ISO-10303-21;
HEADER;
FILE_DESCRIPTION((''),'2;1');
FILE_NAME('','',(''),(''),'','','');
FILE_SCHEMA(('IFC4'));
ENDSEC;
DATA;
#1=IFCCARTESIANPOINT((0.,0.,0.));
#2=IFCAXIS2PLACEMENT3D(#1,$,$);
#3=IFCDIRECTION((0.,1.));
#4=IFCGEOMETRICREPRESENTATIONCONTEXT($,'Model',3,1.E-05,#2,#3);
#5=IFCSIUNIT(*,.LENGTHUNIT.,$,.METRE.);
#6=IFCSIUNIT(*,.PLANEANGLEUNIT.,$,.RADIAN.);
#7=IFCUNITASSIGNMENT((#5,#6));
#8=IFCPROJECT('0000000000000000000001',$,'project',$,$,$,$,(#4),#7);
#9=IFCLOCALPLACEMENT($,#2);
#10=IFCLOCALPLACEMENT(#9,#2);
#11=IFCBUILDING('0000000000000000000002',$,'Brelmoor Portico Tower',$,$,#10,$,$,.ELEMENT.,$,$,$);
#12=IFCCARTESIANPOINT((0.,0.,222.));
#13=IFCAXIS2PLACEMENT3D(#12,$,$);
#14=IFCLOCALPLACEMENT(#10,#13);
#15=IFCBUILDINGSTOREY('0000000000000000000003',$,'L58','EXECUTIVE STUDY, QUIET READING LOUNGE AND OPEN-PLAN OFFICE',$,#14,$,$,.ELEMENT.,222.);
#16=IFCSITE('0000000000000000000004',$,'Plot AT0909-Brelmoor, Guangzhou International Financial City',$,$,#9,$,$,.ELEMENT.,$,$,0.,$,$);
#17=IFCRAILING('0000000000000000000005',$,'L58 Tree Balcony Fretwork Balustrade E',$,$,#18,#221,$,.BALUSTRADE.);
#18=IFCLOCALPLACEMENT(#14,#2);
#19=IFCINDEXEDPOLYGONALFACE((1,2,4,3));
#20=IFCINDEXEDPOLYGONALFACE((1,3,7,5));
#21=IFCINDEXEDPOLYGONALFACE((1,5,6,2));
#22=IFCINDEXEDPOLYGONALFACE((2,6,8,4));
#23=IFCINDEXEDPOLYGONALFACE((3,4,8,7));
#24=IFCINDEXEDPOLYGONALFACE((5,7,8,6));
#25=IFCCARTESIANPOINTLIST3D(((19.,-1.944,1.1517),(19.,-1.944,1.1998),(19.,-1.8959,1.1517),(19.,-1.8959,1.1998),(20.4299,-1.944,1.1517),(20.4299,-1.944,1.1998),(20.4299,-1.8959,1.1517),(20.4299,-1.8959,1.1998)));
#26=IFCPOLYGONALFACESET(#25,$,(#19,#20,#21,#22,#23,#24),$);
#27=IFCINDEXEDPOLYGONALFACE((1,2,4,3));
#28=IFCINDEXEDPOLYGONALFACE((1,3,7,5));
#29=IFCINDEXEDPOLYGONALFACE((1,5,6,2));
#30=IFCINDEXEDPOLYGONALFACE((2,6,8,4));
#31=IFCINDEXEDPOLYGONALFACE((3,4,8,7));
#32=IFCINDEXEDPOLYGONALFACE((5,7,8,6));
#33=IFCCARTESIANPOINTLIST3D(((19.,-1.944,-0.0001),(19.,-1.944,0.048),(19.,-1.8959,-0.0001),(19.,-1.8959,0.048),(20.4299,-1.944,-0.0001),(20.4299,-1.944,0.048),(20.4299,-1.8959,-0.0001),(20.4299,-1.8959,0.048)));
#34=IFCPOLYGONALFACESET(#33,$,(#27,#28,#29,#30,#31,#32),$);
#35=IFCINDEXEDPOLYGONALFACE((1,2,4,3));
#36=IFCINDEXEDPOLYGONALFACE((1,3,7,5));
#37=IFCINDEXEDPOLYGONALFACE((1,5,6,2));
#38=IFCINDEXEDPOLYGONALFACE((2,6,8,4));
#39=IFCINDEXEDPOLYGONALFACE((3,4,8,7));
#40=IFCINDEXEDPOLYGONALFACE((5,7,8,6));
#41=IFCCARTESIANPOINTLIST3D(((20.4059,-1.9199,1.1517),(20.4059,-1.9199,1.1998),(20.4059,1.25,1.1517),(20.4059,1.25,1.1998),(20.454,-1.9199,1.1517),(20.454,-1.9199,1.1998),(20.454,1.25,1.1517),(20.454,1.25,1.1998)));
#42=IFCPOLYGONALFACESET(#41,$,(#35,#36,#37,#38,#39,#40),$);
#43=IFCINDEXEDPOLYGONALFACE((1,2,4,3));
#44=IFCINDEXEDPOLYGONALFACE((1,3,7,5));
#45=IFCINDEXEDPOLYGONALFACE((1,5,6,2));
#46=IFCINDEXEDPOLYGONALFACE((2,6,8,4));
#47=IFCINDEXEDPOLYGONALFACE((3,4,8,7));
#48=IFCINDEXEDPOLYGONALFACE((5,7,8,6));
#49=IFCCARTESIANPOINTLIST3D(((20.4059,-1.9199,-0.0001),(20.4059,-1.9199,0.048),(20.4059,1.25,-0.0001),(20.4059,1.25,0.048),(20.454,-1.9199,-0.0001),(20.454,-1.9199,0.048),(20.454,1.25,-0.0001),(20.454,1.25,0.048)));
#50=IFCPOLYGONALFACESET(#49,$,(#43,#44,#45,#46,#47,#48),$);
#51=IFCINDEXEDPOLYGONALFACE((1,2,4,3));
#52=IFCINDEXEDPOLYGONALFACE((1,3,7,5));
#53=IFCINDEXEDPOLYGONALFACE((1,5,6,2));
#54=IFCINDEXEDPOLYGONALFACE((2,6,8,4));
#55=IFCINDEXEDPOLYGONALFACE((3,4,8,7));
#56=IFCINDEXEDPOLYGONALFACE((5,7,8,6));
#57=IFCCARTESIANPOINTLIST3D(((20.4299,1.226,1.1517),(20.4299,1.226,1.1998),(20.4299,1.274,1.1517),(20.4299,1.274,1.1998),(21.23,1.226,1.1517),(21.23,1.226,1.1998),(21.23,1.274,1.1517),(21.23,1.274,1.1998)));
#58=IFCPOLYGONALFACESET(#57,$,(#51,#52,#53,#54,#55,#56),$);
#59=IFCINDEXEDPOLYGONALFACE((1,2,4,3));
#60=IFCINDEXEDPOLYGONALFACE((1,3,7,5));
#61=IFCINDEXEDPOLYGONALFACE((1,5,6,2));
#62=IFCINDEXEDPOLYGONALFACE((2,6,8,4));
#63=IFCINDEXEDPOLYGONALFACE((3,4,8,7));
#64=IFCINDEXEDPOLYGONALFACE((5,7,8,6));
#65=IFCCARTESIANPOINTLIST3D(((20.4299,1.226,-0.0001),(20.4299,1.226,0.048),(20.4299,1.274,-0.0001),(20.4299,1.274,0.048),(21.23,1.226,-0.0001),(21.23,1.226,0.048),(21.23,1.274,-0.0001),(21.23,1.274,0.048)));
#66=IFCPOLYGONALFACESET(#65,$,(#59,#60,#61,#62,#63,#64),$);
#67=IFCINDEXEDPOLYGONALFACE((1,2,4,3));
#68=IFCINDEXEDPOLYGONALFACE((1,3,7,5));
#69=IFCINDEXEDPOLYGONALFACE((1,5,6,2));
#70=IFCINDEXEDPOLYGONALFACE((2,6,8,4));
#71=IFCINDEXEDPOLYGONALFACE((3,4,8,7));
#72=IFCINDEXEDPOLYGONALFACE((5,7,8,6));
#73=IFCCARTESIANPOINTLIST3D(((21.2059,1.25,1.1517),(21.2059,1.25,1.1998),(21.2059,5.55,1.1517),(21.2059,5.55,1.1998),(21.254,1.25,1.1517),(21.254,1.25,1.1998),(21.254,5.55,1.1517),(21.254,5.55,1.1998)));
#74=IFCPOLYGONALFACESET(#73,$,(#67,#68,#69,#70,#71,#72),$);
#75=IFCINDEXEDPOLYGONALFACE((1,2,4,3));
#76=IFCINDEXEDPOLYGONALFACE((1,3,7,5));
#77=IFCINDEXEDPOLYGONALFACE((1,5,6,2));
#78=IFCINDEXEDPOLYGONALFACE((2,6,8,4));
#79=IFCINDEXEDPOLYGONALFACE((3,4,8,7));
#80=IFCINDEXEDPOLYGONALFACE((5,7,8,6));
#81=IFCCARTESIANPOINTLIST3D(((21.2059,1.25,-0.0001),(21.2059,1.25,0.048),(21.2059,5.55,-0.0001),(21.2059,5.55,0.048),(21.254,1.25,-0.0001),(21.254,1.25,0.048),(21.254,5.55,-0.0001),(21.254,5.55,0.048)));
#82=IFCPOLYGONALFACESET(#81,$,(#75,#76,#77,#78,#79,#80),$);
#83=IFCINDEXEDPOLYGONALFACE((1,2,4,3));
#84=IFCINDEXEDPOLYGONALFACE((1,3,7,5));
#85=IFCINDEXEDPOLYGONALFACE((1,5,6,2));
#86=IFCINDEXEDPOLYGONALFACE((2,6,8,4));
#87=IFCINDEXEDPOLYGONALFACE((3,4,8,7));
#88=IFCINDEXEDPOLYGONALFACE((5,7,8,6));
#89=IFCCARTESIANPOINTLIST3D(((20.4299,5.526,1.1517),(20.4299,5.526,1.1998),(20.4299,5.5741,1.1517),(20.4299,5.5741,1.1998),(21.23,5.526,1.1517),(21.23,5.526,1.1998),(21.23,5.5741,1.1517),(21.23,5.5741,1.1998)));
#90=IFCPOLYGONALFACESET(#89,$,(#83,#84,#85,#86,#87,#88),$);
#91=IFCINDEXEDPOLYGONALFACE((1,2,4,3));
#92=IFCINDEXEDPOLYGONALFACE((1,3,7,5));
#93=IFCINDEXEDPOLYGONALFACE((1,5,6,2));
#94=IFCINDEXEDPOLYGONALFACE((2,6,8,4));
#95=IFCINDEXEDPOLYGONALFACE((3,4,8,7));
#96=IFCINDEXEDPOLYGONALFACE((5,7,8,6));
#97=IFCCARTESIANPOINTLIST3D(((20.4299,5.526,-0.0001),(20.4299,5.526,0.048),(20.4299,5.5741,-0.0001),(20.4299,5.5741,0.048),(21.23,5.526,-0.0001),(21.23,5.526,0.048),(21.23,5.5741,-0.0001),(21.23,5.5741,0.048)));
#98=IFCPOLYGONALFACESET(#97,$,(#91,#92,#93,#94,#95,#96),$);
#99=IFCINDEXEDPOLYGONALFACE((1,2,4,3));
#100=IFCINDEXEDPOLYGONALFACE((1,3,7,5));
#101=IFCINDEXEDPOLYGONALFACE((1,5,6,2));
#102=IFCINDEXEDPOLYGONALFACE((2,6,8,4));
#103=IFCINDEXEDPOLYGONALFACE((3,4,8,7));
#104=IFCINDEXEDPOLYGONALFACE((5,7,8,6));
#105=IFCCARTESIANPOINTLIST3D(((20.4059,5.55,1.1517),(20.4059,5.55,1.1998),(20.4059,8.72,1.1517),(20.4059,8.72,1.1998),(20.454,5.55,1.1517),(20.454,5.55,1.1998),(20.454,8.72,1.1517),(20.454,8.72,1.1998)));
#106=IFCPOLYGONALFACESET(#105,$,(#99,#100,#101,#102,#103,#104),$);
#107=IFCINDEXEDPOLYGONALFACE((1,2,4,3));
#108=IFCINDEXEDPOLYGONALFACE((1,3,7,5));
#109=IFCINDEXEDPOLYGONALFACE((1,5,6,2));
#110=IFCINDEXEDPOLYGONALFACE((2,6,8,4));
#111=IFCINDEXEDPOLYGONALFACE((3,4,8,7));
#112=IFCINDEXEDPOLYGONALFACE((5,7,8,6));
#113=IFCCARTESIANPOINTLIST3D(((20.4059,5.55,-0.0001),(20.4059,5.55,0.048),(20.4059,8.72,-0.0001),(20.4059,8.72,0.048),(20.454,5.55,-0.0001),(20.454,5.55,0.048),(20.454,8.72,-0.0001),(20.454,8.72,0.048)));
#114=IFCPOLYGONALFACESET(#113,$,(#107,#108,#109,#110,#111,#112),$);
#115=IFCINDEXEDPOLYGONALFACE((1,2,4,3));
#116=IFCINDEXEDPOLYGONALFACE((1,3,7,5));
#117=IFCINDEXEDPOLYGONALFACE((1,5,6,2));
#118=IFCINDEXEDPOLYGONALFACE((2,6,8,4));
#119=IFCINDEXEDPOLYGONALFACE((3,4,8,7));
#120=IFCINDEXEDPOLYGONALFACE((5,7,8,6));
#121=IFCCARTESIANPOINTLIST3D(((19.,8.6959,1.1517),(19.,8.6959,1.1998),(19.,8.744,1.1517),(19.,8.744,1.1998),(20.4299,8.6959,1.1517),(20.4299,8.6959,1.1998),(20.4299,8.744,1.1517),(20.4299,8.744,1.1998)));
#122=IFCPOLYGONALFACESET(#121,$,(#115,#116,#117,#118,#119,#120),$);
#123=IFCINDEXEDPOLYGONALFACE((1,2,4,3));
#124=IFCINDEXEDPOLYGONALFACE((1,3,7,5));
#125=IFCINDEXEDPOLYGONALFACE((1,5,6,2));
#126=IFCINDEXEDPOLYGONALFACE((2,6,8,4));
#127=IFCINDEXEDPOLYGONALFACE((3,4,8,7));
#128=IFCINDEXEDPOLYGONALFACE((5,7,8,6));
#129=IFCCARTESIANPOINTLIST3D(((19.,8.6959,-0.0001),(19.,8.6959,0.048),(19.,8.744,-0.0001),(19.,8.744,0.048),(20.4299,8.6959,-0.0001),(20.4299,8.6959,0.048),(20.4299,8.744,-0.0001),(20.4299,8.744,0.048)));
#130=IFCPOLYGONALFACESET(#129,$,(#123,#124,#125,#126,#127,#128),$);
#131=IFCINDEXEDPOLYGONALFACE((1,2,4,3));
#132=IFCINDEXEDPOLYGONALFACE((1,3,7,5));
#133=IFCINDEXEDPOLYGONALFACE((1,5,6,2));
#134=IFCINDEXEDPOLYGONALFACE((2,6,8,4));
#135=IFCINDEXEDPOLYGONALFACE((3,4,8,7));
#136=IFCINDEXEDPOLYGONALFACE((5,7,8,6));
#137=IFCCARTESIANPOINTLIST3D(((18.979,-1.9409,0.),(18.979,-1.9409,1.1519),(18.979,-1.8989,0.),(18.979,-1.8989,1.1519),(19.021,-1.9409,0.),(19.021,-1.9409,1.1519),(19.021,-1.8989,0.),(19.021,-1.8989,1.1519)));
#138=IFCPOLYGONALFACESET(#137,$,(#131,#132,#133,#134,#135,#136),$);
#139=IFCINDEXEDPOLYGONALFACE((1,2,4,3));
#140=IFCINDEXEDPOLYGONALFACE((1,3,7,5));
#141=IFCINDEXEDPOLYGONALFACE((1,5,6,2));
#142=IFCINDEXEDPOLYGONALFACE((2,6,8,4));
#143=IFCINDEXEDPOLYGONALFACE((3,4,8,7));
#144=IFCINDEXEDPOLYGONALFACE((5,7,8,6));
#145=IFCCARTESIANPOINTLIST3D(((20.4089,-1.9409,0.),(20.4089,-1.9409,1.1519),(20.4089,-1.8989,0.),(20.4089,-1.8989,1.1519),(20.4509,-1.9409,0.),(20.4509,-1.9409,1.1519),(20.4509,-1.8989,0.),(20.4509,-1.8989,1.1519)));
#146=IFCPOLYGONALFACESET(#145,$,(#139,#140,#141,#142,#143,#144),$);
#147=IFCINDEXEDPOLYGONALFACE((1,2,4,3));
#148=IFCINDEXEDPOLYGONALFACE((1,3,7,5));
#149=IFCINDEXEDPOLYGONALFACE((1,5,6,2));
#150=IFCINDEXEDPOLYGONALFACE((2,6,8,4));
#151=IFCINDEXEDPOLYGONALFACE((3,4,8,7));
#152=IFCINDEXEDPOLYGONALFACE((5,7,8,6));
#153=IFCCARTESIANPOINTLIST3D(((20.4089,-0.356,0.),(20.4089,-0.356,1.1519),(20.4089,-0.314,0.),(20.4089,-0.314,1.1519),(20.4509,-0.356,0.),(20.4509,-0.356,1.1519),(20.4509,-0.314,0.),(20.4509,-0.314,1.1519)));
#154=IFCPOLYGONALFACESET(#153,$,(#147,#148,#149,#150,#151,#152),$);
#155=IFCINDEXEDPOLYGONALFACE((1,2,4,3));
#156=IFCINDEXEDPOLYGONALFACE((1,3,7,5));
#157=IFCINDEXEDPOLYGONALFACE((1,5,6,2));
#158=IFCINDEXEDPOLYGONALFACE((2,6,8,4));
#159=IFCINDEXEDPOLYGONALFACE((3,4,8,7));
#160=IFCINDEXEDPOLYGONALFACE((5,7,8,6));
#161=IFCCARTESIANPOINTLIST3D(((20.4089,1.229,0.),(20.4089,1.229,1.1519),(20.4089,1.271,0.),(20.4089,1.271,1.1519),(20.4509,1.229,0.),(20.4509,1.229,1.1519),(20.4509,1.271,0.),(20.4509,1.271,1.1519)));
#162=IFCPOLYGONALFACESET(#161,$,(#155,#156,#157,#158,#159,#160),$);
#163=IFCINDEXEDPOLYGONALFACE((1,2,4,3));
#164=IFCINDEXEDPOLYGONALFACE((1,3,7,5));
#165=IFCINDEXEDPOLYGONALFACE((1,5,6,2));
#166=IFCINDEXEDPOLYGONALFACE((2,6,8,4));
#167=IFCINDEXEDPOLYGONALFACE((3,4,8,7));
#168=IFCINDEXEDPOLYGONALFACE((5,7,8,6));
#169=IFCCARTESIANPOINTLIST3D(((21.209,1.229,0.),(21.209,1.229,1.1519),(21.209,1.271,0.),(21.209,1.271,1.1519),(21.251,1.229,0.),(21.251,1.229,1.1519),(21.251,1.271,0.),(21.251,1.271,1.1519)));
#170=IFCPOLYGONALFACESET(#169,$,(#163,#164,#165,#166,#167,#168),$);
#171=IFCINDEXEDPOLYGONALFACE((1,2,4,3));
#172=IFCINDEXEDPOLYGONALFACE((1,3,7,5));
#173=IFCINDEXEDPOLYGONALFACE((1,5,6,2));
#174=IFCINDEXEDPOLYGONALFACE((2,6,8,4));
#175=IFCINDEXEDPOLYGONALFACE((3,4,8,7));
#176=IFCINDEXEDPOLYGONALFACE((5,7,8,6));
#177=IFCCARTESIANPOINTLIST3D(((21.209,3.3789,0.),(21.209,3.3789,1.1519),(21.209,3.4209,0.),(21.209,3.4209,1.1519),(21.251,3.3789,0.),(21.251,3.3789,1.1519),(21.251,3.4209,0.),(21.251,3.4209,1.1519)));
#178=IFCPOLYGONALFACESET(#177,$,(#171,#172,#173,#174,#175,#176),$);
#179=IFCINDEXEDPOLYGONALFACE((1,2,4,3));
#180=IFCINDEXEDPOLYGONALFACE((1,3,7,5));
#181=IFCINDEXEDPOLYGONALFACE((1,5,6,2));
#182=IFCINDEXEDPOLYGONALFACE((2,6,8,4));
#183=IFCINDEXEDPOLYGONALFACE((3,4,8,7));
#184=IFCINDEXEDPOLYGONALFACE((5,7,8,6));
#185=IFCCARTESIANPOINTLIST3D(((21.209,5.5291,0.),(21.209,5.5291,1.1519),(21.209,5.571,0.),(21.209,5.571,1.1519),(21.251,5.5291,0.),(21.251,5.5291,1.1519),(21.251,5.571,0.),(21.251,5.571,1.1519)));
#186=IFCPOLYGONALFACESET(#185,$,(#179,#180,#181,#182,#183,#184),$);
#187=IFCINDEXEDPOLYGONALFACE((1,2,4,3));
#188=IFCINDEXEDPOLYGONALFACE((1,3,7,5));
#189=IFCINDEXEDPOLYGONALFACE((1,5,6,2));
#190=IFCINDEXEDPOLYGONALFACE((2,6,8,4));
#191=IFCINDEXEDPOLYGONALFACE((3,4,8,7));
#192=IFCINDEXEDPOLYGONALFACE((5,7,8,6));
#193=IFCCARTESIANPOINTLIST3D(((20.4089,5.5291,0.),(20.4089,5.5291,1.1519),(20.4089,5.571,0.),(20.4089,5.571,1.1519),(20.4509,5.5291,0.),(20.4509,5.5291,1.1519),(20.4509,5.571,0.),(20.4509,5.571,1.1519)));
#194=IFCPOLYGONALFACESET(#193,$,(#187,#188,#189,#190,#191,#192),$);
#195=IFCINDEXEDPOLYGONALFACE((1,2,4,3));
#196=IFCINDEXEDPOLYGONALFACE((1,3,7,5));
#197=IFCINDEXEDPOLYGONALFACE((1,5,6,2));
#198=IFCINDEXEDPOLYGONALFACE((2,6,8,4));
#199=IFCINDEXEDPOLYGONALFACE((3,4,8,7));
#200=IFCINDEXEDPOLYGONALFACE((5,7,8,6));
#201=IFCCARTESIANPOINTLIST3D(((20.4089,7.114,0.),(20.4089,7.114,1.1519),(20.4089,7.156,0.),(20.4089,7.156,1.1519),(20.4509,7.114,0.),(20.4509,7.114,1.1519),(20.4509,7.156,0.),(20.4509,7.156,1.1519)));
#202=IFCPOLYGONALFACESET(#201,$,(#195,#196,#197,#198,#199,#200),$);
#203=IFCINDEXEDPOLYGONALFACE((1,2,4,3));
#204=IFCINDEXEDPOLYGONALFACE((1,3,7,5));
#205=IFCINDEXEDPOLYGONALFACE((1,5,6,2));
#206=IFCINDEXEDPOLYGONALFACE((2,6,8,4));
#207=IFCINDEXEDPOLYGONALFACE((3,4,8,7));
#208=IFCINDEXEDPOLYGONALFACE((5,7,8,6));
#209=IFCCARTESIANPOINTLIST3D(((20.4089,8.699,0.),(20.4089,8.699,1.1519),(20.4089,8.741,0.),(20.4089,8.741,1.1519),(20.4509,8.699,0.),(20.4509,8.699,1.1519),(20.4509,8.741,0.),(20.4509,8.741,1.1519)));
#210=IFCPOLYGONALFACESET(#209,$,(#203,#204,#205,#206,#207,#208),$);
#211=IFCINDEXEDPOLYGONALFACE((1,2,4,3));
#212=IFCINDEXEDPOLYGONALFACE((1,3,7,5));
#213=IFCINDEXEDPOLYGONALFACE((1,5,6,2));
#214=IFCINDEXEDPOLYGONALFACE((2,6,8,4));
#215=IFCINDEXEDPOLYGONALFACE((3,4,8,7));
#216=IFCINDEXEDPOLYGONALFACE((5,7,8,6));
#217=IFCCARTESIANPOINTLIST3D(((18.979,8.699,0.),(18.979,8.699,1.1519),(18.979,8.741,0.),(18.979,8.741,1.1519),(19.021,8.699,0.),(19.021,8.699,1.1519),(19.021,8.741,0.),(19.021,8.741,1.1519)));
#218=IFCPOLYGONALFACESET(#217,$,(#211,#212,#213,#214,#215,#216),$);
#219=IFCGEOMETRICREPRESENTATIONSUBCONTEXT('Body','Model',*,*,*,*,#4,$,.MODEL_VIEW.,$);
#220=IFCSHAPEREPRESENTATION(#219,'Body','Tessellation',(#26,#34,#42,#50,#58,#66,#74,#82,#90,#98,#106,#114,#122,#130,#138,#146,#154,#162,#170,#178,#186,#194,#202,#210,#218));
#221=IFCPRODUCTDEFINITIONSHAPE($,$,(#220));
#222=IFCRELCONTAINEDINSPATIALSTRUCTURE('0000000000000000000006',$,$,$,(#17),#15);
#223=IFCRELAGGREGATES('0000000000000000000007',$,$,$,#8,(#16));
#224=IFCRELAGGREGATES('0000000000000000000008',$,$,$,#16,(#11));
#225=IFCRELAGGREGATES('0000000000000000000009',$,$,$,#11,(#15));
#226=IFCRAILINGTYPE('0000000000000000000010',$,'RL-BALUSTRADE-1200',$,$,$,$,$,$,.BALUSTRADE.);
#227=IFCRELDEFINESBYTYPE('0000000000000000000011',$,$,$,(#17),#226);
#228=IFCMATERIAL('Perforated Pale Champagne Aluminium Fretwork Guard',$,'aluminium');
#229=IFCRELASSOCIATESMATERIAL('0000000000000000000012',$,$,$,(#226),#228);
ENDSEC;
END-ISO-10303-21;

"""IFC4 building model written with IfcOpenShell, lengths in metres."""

from ifc_helpers import new_model, si_unit, direction, frame, origin, origin_2d, place, context, subcontext, project, spatial, rectangle, extrude, material, type_object, element, save


model = new_model("IFC4")

# Units and contexts
model_context = context("Model", 3, precision=1e-05, world=origin(), true_north=direction((0.0, 1.0)))
body_context = subcontext(model_context, "Body", "Model", "MODEL_VIEW")
ifc_project = project(units=[si_unit("LENGTHUNIT", "METRE"), si_unit("PLANEANGLEUNIT", "RADIAN")], contexts=[model_context])

# Site, building, storey
site_placement = place(None, origin())
site = spatial("IfcSite", under=ifc_project, at=site_placement, Name="Plot AT0909-Brelmoor, Guangzhou International Financial City", CompositionType="ELEMENT", RefElevation=0.0)
building_placement = place(site_placement, origin())
building = spatial("IfcBuilding", under=site, at=building_placement, Name="Brelmoor Portico Tower", CompositionType="ELEMENT")
storey_placement = place(building_placement, frame((0.0, 0.0, 222.0)))
storey = spatial("IfcBuildingStorey", under=building, at=storey_placement, Name="L58", Description="EXECUTIVE STUDY, QUIET READING LOUNGE AND OPEN-PLAN OFFICE", CompositionType="ELEMENT", Elevation=222.0)

# Railing
ifc_material_1 = material(Name="Perforated Pale Champagne Aluminium Fretwork Guard", Category="aluminium")
railing_type = type_object("IfcRailingType", Name="RL-BALUSTRADE-1200", PredefinedType="BALUSTRADE", material=ifc_material_1)
railing_placement = place(storey_placement, frame((19.0, -1.9199, 0.0)))
element("IfcRailing", 1, at=railing_placement, inside=storey, type_object=railing_type, Name="L58 Tree Balcony Fretwork Balustrade E", PredefinedType="BALUSTRADE", context=body_context, shape_type="SweptSolid", body=[
    extrude(rectangle(XDim=0.0481, YDim=0.0481, at=origin_2d()), frame((0.0, 0.0, 1.1758), z_axis=(1.0, 0.0, 0.0), x_axis=(0.0, 1.0, 0.0)), (0.0, 0.0, 1.0), 1.4299),
    extrude(rectangle(XDim=0.0481, YDim=0.0481, at=origin_2d()), frame((0.0, 0.0, 0.0239), z_axis=(1.0, 0.0, 0.0), x_axis=(0.0, 1.0, 0.0)), (0.0, 0.0, 1.0), 1.4299),
    extrude(rectangle(XDim=0.0481, YDim=0.0481, at=origin_2d()), frame((1.4299, 0.0, 1.1758), z_axis=(0.0, 1.0, 0.0), x_axis=(-1.0, 0.0, 0.0)), (0.0, 0.0, 1.0), 3.1699),
    extrude(rectangle(XDim=0.0481, YDim=0.0481, at=origin_2d()), frame((1.4299, 0.0, 0.0239), z_axis=(0.0, 1.0, 0.0), x_axis=(-1.0, 0.0, 0.0)), (0.0, 0.0, 1.0), 3.1699),
    extrude(rectangle(XDim=0.0481, YDim=0.0481, at=origin_2d()), frame((1.4299, 3.1699, 1.1758), z_axis=(1.0, 0.0, 0.0), x_axis=(0.0, 1.0, 0.0)), (0.0, 0.0, 1.0), 0.8),
    extrude(rectangle(XDim=0.0481, YDim=0.0481, at=origin_2d()), frame((1.4299, 3.1699, 0.0239), z_axis=(1.0, 0.0, 0.0), x_axis=(0.0, 1.0, 0.0)), (0.0, 0.0, 1.0), 0.8),
    extrude(rectangle(XDim=0.0481, YDim=0.0481, at=origin_2d()), frame((2.23, 3.1699, 1.1758), z_axis=(0.0, 1.0, 0.0), x_axis=(-1.0, 0.0, 0.0)), (0.0, 0.0, 1.0), 4.3),
    extrude(rectangle(XDim=0.0481, YDim=0.0481, at=origin_2d()), frame((2.23, 3.1699, 0.0239), z_axis=(0.0, 1.0, 0.0), x_axis=(-1.0, 0.0, 0.0)), (0.0, 0.0, 1.0), 4.3),
    extrude(rectangle(XDim=0.0481, YDim=0.0481, at=origin_2d()), frame((2.23, 7.47, 1.1758), z_axis=(-1.0, 0.0, 0.0), x_axis=(0.0, -1.0, 0.0)), (0.0, 0.0, 1.0), 0.8),
    extrude(rectangle(XDim=0.0481, YDim=0.0481, at=origin_2d()), frame((2.23, 7.47, 0.0239), z_axis=(-1.0, 0.0, 0.0), x_axis=(0.0, -1.0, 0.0)), (0.0, 0.0, 1.0), 0.8),
    extrude(rectangle(XDim=0.0481, YDim=0.0481, at=origin_2d()), frame((1.4299, 7.47, 1.1758), z_axis=(0.0, 1.0, 0.0), x_axis=(-1.0, 0.0, 0.0)), (0.0, 0.0, 1.0), 3.1699),
    extrude(rectangle(XDim=0.0481, YDim=0.0481, at=origin_2d()), frame((1.4299, 7.47, 0.0239), z_axis=(0.0, 1.0, 0.0), x_axis=(-1.0, 0.0, 0.0)), (0.0, 0.0, 1.0), 3.1699),
    extrude(rectangle(XDim=0.0481, YDim=0.0481, at=origin_2d()), frame((1.4299, 10.6399, 1.1758), z_axis=(-1.0, 0.0, 0.0), x_axis=(0.0, -1.0, 0.0)), (0.0, 0.0, 1.0), 1.4299),
    extrude(rectangle(XDim=0.0481, YDim=0.0481, at=origin_2d()), frame((1.4299, 10.6399, 0.0239), z_axis=(-1.0, 0.0, 0.0), x_axis=(0.0, -1.0, 0.0)), (0.0, 0.0, 1.0), 1.4299),
    extrude(rectangle(XDim=0.042, YDim=0.042, at=origin_2d()), origin(), (0.0, 0.0, 1.0), 1.1519),
    extrude(rectangle(XDim=0.042, YDim=0.042, at=origin_2d()), frame((1.4299, 0.0, 0.0)), (0.0, 0.0, 1.0), 1.1519),
    extrude(rectangle(XDim=0.042, YDim=0.042, at=origin_2d()), frame((1.4299, 1.585, 0.0)), (0.0, 0.0, 1.0), 1.1519),
    extrude(rectangle(XDim=0.042, YDim=0.042, at=origin_2d()), frame((1.4299, 3.1699, 0.0)), (0.0, 0.0, 1.0), 1.1519),
    extrude(rectangle(XDim=0.042, YDim=0.042, at=origin_2d()), frame((2.23, 3.1699, 0.0)), (0.0, 0.0, 1.0), 1.1519),
    extrude(rectangle(XDim=0.042, YDim=0.042, at=origin_2d()), frame((2.23, 5.3198, 0.0)), (0.0, 0.0, 1.0), 1.1519),
    extrude(rectangle(XDim=0.042, YDim=0.042, at=origin_2d()), frame((2.23, 7.47, 0.0)), (0.0, 0.0, 1.0), 1.1519),
    extrude(rectangle(XDim=0.042, YDim=0.042, at=origin_2d()), frame((1.4299, 7.47, 0.0)), (0.0, 0.0, 1.0), 1.1519),
    extrude(rectangle(XDim=0.042, YDim=0.042, at=origin_2d()), frame((1.4299, 9.0549, 0.0)), (0.0, 0.0, 1.0), 1.1519),
    extrude(rectangle(XDim=0.042, YDim=0.042, at=origin_2d()), frame((1.4299, 10.6399, 0.0)), (0.0, 0.0, 1.0), 1.1519),
    extrude(rectangle(XDim=0.042, YDim=0.042, at=origin_2d()), frame((0.0, 10.6399, 0.0)), (0.0, 0.0, 1.0), 1.1519),
])

save(model, "model.ifc")
